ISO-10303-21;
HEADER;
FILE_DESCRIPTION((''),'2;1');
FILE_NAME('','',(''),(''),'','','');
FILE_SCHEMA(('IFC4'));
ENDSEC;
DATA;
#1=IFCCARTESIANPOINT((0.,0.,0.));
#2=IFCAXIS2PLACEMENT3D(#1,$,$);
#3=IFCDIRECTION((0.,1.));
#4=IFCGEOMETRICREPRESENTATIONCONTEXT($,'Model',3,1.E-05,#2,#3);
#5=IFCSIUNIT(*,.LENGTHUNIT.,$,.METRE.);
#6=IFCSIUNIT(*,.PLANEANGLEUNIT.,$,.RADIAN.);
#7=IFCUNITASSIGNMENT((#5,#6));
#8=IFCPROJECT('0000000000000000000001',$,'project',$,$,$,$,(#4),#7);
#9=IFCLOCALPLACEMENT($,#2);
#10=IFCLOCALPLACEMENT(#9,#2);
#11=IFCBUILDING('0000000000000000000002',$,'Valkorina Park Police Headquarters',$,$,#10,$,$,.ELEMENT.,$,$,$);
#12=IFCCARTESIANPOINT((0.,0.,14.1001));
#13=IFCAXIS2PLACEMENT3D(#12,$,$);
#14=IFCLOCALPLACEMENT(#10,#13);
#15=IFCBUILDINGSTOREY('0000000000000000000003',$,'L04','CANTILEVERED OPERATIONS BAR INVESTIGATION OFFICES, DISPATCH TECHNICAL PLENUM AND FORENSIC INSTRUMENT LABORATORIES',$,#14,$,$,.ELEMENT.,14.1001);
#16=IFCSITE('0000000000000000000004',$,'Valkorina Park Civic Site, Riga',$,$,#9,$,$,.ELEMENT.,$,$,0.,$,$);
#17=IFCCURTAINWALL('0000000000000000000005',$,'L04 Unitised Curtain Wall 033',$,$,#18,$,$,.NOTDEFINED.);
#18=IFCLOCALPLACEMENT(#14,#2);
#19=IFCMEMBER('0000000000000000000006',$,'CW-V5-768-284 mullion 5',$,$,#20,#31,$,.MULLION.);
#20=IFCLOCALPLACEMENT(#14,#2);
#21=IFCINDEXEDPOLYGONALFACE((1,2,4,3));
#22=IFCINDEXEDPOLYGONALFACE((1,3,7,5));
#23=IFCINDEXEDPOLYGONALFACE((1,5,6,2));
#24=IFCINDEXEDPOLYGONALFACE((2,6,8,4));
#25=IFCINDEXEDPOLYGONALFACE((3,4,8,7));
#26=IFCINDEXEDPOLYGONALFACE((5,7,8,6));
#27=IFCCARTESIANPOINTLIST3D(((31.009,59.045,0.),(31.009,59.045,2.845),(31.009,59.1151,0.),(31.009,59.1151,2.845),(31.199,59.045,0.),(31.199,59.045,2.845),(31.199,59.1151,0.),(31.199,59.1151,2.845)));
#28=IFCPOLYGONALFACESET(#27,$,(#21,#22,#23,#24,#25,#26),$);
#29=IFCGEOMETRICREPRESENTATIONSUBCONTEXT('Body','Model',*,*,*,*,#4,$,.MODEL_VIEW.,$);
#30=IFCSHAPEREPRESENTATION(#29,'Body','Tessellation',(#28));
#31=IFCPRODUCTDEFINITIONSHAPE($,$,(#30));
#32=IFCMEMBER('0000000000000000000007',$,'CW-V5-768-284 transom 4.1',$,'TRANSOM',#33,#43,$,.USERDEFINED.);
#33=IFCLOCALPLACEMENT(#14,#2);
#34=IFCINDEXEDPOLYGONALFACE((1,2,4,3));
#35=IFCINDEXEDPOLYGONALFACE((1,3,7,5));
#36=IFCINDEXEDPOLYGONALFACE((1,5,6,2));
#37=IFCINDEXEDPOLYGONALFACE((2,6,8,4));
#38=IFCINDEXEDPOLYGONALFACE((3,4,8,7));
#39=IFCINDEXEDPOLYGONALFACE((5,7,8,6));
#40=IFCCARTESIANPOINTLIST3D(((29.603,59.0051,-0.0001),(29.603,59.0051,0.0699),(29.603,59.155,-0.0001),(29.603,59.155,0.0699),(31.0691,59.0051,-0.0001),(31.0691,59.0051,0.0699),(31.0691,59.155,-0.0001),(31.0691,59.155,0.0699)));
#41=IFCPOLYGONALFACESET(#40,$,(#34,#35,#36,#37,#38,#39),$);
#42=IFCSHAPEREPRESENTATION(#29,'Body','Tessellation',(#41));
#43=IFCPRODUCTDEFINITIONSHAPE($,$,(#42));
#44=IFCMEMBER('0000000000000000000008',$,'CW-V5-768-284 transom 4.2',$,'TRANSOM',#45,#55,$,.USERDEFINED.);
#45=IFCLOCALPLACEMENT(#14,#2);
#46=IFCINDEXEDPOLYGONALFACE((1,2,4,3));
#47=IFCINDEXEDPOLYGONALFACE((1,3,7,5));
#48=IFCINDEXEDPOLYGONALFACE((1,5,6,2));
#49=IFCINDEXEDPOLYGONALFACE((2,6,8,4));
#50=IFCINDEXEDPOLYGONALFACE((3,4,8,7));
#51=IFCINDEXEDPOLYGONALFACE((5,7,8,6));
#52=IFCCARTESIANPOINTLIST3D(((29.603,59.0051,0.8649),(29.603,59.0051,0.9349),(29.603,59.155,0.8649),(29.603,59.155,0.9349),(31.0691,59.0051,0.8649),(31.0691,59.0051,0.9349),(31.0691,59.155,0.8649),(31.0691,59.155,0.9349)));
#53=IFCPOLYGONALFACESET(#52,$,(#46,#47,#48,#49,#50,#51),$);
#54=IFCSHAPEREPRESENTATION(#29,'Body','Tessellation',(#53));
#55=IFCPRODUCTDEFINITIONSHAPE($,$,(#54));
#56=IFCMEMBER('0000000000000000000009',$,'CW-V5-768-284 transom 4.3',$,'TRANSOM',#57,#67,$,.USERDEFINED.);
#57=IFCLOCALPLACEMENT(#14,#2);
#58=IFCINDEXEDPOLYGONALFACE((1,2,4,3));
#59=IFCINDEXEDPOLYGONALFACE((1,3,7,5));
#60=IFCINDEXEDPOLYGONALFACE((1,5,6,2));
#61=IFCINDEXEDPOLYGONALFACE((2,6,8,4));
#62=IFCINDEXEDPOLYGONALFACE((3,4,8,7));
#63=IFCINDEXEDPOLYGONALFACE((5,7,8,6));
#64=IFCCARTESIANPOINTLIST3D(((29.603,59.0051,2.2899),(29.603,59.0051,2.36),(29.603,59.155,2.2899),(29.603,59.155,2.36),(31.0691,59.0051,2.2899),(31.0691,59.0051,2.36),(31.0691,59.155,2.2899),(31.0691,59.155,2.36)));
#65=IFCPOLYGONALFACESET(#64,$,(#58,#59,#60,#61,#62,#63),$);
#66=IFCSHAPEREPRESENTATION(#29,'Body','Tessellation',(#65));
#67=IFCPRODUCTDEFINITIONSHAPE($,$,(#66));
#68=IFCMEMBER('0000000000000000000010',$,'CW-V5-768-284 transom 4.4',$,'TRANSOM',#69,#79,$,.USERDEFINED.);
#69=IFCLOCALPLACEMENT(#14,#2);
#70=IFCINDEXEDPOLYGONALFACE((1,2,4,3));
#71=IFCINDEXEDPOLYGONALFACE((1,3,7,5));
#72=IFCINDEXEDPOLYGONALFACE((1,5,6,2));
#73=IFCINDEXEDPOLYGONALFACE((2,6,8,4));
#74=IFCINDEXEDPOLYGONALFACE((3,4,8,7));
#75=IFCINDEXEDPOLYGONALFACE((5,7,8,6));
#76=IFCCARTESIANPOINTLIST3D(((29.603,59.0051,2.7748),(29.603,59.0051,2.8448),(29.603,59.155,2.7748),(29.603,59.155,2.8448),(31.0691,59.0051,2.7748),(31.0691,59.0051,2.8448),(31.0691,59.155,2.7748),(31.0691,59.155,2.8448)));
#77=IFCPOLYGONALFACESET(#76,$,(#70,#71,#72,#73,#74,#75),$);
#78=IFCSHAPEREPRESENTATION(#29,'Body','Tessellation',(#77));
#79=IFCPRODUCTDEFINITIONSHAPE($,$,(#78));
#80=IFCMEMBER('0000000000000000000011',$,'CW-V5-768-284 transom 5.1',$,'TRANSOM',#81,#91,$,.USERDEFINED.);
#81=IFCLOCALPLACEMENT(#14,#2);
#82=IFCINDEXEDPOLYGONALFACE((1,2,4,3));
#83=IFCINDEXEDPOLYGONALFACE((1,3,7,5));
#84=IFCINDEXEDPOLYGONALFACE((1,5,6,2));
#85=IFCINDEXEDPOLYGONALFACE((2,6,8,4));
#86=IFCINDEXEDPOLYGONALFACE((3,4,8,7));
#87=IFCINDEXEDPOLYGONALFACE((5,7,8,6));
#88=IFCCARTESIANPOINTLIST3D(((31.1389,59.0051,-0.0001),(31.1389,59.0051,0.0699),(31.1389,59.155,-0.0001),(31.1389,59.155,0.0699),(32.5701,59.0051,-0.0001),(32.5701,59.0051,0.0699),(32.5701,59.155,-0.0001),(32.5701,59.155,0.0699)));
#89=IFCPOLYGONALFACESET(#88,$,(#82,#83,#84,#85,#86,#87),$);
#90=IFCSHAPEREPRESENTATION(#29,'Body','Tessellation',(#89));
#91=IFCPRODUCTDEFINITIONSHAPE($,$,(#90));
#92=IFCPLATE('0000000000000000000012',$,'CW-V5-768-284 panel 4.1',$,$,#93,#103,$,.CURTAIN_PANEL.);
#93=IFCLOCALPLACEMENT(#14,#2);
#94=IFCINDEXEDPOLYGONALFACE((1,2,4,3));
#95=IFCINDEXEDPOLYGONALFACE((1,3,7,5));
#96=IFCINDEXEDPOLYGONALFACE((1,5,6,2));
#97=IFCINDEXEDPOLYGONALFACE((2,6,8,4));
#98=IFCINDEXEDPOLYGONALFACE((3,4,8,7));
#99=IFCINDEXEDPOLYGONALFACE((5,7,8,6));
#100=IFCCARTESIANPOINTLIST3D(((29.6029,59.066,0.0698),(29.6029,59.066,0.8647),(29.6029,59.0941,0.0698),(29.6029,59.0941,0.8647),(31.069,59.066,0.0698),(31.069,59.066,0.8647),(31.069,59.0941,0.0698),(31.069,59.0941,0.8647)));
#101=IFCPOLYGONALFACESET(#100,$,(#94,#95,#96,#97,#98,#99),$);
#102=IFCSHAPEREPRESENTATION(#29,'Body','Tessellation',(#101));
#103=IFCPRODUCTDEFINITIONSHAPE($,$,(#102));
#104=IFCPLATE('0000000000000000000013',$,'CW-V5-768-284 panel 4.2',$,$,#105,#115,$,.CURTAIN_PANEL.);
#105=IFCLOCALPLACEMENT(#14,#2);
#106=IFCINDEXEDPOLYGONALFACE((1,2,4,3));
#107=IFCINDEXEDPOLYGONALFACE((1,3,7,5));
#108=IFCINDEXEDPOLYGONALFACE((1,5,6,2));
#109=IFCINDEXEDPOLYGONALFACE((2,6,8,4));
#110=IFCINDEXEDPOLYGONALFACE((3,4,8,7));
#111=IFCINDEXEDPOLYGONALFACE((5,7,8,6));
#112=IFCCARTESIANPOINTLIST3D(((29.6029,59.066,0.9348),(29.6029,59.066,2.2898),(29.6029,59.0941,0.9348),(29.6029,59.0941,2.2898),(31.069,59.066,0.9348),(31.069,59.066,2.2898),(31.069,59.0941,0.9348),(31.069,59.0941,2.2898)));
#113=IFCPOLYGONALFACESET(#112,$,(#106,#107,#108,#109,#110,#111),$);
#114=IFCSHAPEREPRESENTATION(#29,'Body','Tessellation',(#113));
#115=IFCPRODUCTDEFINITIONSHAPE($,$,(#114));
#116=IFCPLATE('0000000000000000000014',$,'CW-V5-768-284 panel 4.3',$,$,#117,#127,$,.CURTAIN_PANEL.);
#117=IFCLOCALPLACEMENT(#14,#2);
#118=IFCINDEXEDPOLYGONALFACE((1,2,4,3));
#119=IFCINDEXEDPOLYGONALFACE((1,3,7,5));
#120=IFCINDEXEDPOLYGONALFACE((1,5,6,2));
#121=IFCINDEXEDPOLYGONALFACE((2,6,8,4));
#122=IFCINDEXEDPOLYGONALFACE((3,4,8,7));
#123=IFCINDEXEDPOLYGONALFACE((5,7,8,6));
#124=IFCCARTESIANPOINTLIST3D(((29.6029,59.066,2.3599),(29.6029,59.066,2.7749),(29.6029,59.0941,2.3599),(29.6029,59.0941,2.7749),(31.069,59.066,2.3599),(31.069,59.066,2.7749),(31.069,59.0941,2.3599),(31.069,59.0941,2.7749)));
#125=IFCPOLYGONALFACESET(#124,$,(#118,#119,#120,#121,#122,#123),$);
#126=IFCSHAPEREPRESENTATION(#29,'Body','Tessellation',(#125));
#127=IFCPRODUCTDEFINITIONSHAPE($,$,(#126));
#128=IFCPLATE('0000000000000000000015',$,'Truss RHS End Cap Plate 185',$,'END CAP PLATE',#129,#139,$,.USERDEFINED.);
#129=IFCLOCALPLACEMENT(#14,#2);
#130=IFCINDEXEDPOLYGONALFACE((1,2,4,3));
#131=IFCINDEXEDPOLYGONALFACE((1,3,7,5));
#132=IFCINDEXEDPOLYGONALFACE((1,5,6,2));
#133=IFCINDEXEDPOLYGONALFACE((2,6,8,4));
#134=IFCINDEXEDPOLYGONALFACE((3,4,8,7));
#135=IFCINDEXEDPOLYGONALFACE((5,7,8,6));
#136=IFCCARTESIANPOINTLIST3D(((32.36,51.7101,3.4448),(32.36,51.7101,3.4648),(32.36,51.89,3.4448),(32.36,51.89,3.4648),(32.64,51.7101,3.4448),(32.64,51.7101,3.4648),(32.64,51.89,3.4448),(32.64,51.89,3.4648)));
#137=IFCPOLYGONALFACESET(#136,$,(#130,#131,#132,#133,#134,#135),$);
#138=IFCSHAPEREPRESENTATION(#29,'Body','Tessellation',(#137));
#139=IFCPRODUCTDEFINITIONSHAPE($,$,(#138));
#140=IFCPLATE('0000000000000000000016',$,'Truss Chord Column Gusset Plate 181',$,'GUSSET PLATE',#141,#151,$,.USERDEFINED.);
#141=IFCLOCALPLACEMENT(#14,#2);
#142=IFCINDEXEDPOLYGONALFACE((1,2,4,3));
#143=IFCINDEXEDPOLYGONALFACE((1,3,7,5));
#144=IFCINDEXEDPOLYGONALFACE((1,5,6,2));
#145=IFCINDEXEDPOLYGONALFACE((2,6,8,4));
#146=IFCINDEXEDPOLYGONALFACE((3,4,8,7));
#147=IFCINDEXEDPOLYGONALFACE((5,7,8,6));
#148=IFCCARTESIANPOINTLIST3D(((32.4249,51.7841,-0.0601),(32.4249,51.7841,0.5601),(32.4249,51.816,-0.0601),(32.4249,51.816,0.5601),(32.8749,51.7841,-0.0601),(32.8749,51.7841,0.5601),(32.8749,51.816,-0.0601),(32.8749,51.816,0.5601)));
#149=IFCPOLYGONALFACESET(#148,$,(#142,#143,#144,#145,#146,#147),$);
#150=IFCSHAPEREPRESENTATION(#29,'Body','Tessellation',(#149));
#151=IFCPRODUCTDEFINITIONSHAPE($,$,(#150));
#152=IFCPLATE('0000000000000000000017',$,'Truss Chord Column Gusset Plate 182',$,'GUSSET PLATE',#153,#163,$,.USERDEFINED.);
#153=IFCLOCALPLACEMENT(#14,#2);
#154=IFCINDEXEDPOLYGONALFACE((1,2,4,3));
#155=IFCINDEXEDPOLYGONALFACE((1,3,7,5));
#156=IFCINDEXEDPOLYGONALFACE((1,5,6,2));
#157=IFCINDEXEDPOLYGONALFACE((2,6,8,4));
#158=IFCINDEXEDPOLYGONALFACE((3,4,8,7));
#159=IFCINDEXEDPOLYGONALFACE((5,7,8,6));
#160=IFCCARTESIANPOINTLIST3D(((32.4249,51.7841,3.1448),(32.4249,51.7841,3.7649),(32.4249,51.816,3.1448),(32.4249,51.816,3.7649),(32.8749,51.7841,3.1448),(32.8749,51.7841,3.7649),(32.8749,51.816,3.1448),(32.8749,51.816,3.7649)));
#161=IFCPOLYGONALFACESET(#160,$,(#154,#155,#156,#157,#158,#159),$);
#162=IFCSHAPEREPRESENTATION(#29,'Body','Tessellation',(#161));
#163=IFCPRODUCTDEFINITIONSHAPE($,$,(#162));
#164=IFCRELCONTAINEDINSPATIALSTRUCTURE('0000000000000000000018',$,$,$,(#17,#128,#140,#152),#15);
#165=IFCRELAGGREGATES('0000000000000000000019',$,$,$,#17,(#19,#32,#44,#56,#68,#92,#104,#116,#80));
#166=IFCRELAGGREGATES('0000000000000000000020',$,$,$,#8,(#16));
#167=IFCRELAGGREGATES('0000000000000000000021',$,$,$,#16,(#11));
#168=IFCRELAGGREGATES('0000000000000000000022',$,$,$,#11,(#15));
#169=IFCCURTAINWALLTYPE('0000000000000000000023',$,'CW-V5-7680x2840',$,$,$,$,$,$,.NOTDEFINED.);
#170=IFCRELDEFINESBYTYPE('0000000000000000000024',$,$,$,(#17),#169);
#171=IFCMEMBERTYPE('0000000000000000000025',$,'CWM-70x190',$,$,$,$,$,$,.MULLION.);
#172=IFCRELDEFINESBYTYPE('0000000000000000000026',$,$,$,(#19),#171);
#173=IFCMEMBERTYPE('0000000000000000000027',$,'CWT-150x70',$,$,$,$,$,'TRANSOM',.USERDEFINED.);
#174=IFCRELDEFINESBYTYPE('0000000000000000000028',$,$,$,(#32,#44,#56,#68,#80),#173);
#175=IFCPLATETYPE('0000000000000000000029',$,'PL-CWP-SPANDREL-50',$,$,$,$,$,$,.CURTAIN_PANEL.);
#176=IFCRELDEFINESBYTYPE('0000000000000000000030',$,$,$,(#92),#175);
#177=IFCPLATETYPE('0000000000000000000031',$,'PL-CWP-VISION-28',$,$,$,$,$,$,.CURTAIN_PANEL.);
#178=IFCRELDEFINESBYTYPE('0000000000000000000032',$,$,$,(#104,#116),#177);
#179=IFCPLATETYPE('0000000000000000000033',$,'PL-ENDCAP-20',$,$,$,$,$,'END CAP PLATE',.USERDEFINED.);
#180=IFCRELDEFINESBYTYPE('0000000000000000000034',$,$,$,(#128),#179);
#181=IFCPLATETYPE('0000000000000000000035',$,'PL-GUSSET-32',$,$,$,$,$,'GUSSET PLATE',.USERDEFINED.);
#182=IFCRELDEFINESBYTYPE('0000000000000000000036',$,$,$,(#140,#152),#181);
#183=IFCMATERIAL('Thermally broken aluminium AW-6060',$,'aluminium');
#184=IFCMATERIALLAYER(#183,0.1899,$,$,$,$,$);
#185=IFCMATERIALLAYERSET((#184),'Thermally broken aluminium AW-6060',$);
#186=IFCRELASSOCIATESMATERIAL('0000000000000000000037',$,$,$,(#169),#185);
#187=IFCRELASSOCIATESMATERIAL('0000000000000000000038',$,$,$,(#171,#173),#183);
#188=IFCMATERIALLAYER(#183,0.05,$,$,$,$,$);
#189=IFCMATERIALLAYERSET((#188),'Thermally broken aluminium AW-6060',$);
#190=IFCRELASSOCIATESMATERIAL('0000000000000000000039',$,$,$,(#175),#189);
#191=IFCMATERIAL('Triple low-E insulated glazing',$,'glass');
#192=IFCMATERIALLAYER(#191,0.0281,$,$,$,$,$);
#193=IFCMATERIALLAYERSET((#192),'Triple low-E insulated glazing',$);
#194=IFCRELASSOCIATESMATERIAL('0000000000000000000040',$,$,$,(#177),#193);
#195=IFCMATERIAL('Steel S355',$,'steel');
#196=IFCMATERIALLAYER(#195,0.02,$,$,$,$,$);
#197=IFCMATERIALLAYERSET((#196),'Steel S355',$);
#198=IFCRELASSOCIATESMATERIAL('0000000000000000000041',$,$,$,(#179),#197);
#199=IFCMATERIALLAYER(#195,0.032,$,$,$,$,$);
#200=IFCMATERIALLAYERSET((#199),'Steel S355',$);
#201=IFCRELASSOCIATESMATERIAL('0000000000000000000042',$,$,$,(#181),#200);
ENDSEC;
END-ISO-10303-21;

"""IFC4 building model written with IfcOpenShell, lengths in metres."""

from ifc_helpers import new_model, si_unit, direction, frame, origin, origin_2d, place, context, subcontext, project, spatial, rectangle, extrude, material, layer, layer_set, material_profile, profile_set, type_object, element, aggregate, save


model = new_model("IFC4")

# Units and contexts
model_context = context("Model", 3, precision=1e-05, world=origin(), true_north=direction((0.0, 1.0)))
body_context = subcontext(model_context, "Body", "Model", "MODEL_VIEW")
ifc_project = project(units=[si_unit("LENGTHUNIT", "METRE"), si_unit("PLANEANGLEUNIT", "RADIAN")], contexts=[model_context])

# Site, building, storey
site_placement = place(None, origin())
site = spatial("IfcSite", under=ifc_project, at=site_placement, Name="Valkorina Park Civic Site, Riga", CompositionType="ELEMENT", RefElevation=0.0)
building_placement = place(site_placement, origin())
building = spatial("IfcBuilding", under=site, at=building_placement, Name="Valkorina Park Police Headquarters", CompositionType="ELEMENT")
storey_placement = place(building_placement, frame((0.0, 0.0, 14.1001)))
storey = spatial("IfcBuildingStorey", under=building, at=storey_placement, Name="L04", Description="CANTILEVERED OPERATIONS BAR INVESTIGATION OFFICES, DISPATCH TECHNICAL PLENUM AND FORENSIC INSTRUMENT LABORATORIES", CompositionType="ELEMENT", Elevation=14.1001)

# Shared definitions
ifc_material_1 = material(Name="Steel S355", Category="steel")

# Curtain wall, members, plates
ifc_material_2 = material(Name="Thermally broken aluminium AW-6060", Category="aluminium")
ifc_layer_1 = layer(ifc_material_2, 0.1899)
ifc_layer_set_1 = layer_set([ifc_layer_1], Name="Thermally broken aluminium AW-6060")
curtain_wall_type = type_object("IfcCurtainWallType", Name="CW-V5-7680x2840", PredefinedType="NOTDEFINED", material=ifc_layer_set_1)
curtain_wall_placement = place(storey_placement, origin())
curtain_wall = element("IfcCurtainWall", 1, at=curtain_wall_placement, inside=storey, type_object=curtain_wall_type, Name="L04 Unitised Curtain Wall 033", PredefinedType="NOTDEFINED")
ifc_material_profile_1 = material_profile(ifc_material_2, rectangle(XDim=0.0701, YDim=0.1899, at=origin_2d()), Name="CWM-02 70x190")
ifc_profile_set_1 = profile_set([ifc_material_profile_1], Name="Thermally broken aluminium AW-6060")
member_type_1 = type_object("IfcMemberType", Name="CWM-70x190", PredefinedType="MULLION", material=ifc_profile_set_1)
member_1_placement = place(storey_placement, frame((31.104, 59.0801, 0.0), z_axis=(0.0, 0.0, 1.0), x_axis=(0.0, 1.0, 0.0)))
member_1 = element("IfcMember", 2, at=member_1_placement, type_object=member_type_1, Name="CW-V5-768-284 mullion 5", PredefinedType="MULLION", context=body_context, shape_type="SweptSolid", body=[
    extrude(rectangle(XDim=0.0701, YDim=0.1899, at=origin_2d()), origin(), (0.0, 0.0, 1.0), 2.845),
])
ifc_material_profile_2 = material_profile(ifc_material_2, rectangle(XDim=0.1499, YDim=0.0701, at=origin_2d()), Name="CWT-02 150x70")
ifc_profile_set_2 = profile_set([ifc_material_profile_2], Name="Thermally broken aluminium AW-6060")
member_type_2 = type_object("IfcMemberType", Name="CWT-150x70", ElementType="TRANSOM", PredefinedType="USERDEFINED", material=ifc_profile_set_2)
member_2_placement = place(storey_placement, frame((29.603, 59.0801, 0.0349), z_axis=(1.0, 0.0, 0.0), x_axis=(0.0, 1.0, 0.0)))
member_2 = element("IfcMember", 3, at=member_2_placement, type_object=member_type_2, Name="CW-V5-768-284 transom 4.1", ObjectType="TRANSOM", PredefinedType="USERDEFINED", context=body_context, shape_type="SweptSolid", body=[
    extrude(rectangle(XDim=0.1499, YDim=0.0701, at=origin_2d()), origin(), (0.0, 0.0, 1.0), 1.4661),
])
member_3_placement = place(storey_placement, frame((29.603, 59.0801, 0.8999), z_axis=(1.0, 0.0, 0.0), x_axis=(0.0, 1.0, 0.0)))
member_3 = element("IfcMember", 4, at=member_3_placement, type_object=member_type_2, Name="CW-V5-768-284 transom 4.2", ObjectType="TRANSOM", PredefinedType="USERDEFINED", context=body_context, shape_type="SweptSolid", body=[
    extrude(rectangle(XDim=0.1499, YDim=0.0701, at=origin_2d()), origin(), (0.0, 0.0, 1.0), 1.4661),
])
member_4_placement = place(storey_placement, frame((29.603, 59.0801, 2.325), z_axis=(1.0, 0.0, 0.0), x_axis=(0.0, 1.0, 0.0)))
member_4 = element("IfcMember", 5, at=member_4_placement, type_object=member_type_2, Name="CW-V5-768-284 transom 4.3", ObjectType="TRANSOM", PredefinedType="USERDEFINED", context=body_context, shape_type="SweptSolid", body=[
    extrude(rectangle(XDim=0.1499, YDim=0.0701, at=origin_2d()), origin(), (0.0, 0.0, 1.0), 1.4661),
])
member_5_placement = place(storey_placement, frame((29.603, 59.0801, 2.8098), z_axis=(1.0, 0.0, 0.0), x_axis=(0.0, 1.0, 0.0)))
member_5 = element("IfcMember", 6, at=member_5_placement, type_object=member_type_2, Name="CW-V5-768-284 transom 4.4", ObjectType="TRANSOM", PredefinedType="USERDEFINED", context=body_context, shape_type="SweptSolid", body=[
    extrude(rectangle(XDim=0.1499, YDim=0.0701, at=origin_2d()), origin(), (0.0, 0.0, 1.0), 1.4661),
])
member_6_placement = place(storey_placement, frame((31.1389, 59.0801, 0.0349), z_axis=(1.0, 0.0, 0.0), x_axis=(0.0, 1.0, 0.0)))
member_6 = element("IfcMember", 7, at=member_6_placement, type_object=member_type_2, Name="CW-V5-768-284 transom 5.1", ObjectType="TRANSOM", PredefinedType="USERDEFINED", context=body_context, shape_type="SweptSolid", body=[
    extrude(rectangle(XDim=0.1499, YDim=0.0701, at=origin_2d()), origin(), (0.0, 0.0, 1.0), 1.4312),
])
ifc_layer_2 = layer(ifc_material_2, 0.05)
ifc_layer_set_2 = layer_set([ifc_layer_2], Name="Thermally broken aluminium AW-6060")
plate_type_1 = type_object("IfcPlateType", Name="PL-CWP-SPANDREL-50", PredefinedType="CURTAIN_PANEL", material=ifc_layer_set_2)
plate_1_placement = place(storey_placement, frame((30.3359, 59.0801, 0.0698), z_axis=(0.0, 0.0, 1.0), x_axis=(1.0, 0.0, 0.0)))
plate_1 = element("IfcPlate", 8, at=plate_1_placement, type_object=plate_type_1, Name="CW-V5-768-284 panel 4.1", PredefinedType="CURTAIN_PANEL", context=body_context, shape_type="SweptSolid", body=[
    extrude(rectangle(XDim=1.4661, YDim=0.0281, at=origin_2d()), origin(), (0.0, 0.0, 1.0), 0.7949),
])
ifc_material_3 = material(Name="Triple low-E insulated glazing", Category="glass")
ifc_layer_3 = layer(ifc_material_3, 0.0281)
ifc_layer_set_3 = layer_set([ifc_layer_3], Name="Triple low-E insulated glazing")
plate_type_2 = type_object("IfcPlateType", Name="PL-CWP-VISION-28", PredefinedType="CURTAIN_PANEL", material=ifc_layer_set_3)
plate_2_placement = place(storey_placement, frame((30.3359, 59.0801, 0.9348), z_axis=(0.0, 0.0, 1.0), x_axis=(1.0, 0.0, 0.0)))
plate_2 = element("IfcPlate", 9, at=plate_2_placement, type_object=plate_type_2, Name="CW-V5-768-284 panel 4.2", PredefinedType="CURTAIN_PANEL", context=body_context, shape_type="SweptSolid", body=[
    extrude(rectangle(XDim=1.4661, YDim=0.0281, at=origin_2d()), origin(), (0.0, 0.0, 1.0), 1.355),
])
plate_3_placement = place(storey_placement, frame((30.3359, 59.0801, 2.3599), z_axis=(0.0, 0.0, 1.0), x_axis=(1.0, 0.0, 0.0)))
plate_3 = element("IfcPlate", 10, at=plate_3_placement, type_object=plate_type_2, Name="CW-V5-768-284 panel 4.3", PredefinedType="CURTAIN_PANEL", context=body_context, shape_type="SweptSolid", body=[
    extrude(rectangle(XDim=1.4661, YDim=0.0281, at=origin_2d()), origin(), (0.0, 0.0, 1.0), 0.415),
])
aggregate(curtain_wall, [member_1, member_2, member_3, member_4, member_5, plate_1, plate_2, plate_3, member_6])

# Plates
ifc_layer_4 = layer(ifc_material_1, 0.02)
ifc_layer_set_4 = layer_set([ifc_layer_4], Name="Steel S355")
plate_type_3 = type_object("IfcPlateType", Name="PL-ENDCAP-20", ElementType="END CAP PLATE", PredefinedType="USERDEFINED", material=ifc_layer_set_4)
plate_4_placement = place(storey_placement, frame((32.5, 51.8, 3.4448), z_axis=(0.0, 0.0, 1.0), x_axis=(1.0, 0.0, 0.0)))
element("IfcPlate", 11, at=plate_4_placement, inside=storey, type_object=plate_type_3, Name="Truss RHS End Cap Plate 185", ObjectType="END CAP PLATE", PredefinedType="USERDEFINED", context=body_context, shape_type="SweptSolid", body=[
    extrude(rectangle(XDim=0.28, YDim=0.1799, at=origin_2d()), origin(), (0.0, 0.0, 1.0), 0.02),
])
ifc_layer_5 = layer(ifc_material_1, 0.032)
ifc_layer_set_5 = layer_set([ifc_layer_5], Name="Steel S355")
plate_type_4 = type_object("IfcPlateType", Name="PL-GUSSET-32", ElementType="GUSSET PLATE", PredefinedType="USERDEFINED", material=ifc_layer_set_5)
for number, where, z_axis, x_axis, name in (
    (12, (32.6499, 51.8, -0.0601), (0.0, 0.0, 1.0), (1.0, 0.0, 0.0), "Truss Chord Column Gusset Plate 181"),
    (13, (32.6499, 51.8, 3.1448), (0.0, 0.0, 1.0), (1.0, 0.0, 0.0), "Truss Chord Column Gusset Plate 182"),
):
    element("IfcPlate", number, at=place(storey_placement, frame(where, z_axis=z_axis, x_axis=x_axis)), inside=storey, type_object=plate_type_4, Name=name, ObjectType="GUSSET PLATE", PredefinedType="USERDEFINED", context=body_context, shape_type="SweptSolid", body=[
        extrude(rectangle(XDim=0.45, YDim=0.032, at=origin_2d()), origin(), (0.0, 0.0, 1.0), 0.6201),
    ])

save(model, "model.ifc")
